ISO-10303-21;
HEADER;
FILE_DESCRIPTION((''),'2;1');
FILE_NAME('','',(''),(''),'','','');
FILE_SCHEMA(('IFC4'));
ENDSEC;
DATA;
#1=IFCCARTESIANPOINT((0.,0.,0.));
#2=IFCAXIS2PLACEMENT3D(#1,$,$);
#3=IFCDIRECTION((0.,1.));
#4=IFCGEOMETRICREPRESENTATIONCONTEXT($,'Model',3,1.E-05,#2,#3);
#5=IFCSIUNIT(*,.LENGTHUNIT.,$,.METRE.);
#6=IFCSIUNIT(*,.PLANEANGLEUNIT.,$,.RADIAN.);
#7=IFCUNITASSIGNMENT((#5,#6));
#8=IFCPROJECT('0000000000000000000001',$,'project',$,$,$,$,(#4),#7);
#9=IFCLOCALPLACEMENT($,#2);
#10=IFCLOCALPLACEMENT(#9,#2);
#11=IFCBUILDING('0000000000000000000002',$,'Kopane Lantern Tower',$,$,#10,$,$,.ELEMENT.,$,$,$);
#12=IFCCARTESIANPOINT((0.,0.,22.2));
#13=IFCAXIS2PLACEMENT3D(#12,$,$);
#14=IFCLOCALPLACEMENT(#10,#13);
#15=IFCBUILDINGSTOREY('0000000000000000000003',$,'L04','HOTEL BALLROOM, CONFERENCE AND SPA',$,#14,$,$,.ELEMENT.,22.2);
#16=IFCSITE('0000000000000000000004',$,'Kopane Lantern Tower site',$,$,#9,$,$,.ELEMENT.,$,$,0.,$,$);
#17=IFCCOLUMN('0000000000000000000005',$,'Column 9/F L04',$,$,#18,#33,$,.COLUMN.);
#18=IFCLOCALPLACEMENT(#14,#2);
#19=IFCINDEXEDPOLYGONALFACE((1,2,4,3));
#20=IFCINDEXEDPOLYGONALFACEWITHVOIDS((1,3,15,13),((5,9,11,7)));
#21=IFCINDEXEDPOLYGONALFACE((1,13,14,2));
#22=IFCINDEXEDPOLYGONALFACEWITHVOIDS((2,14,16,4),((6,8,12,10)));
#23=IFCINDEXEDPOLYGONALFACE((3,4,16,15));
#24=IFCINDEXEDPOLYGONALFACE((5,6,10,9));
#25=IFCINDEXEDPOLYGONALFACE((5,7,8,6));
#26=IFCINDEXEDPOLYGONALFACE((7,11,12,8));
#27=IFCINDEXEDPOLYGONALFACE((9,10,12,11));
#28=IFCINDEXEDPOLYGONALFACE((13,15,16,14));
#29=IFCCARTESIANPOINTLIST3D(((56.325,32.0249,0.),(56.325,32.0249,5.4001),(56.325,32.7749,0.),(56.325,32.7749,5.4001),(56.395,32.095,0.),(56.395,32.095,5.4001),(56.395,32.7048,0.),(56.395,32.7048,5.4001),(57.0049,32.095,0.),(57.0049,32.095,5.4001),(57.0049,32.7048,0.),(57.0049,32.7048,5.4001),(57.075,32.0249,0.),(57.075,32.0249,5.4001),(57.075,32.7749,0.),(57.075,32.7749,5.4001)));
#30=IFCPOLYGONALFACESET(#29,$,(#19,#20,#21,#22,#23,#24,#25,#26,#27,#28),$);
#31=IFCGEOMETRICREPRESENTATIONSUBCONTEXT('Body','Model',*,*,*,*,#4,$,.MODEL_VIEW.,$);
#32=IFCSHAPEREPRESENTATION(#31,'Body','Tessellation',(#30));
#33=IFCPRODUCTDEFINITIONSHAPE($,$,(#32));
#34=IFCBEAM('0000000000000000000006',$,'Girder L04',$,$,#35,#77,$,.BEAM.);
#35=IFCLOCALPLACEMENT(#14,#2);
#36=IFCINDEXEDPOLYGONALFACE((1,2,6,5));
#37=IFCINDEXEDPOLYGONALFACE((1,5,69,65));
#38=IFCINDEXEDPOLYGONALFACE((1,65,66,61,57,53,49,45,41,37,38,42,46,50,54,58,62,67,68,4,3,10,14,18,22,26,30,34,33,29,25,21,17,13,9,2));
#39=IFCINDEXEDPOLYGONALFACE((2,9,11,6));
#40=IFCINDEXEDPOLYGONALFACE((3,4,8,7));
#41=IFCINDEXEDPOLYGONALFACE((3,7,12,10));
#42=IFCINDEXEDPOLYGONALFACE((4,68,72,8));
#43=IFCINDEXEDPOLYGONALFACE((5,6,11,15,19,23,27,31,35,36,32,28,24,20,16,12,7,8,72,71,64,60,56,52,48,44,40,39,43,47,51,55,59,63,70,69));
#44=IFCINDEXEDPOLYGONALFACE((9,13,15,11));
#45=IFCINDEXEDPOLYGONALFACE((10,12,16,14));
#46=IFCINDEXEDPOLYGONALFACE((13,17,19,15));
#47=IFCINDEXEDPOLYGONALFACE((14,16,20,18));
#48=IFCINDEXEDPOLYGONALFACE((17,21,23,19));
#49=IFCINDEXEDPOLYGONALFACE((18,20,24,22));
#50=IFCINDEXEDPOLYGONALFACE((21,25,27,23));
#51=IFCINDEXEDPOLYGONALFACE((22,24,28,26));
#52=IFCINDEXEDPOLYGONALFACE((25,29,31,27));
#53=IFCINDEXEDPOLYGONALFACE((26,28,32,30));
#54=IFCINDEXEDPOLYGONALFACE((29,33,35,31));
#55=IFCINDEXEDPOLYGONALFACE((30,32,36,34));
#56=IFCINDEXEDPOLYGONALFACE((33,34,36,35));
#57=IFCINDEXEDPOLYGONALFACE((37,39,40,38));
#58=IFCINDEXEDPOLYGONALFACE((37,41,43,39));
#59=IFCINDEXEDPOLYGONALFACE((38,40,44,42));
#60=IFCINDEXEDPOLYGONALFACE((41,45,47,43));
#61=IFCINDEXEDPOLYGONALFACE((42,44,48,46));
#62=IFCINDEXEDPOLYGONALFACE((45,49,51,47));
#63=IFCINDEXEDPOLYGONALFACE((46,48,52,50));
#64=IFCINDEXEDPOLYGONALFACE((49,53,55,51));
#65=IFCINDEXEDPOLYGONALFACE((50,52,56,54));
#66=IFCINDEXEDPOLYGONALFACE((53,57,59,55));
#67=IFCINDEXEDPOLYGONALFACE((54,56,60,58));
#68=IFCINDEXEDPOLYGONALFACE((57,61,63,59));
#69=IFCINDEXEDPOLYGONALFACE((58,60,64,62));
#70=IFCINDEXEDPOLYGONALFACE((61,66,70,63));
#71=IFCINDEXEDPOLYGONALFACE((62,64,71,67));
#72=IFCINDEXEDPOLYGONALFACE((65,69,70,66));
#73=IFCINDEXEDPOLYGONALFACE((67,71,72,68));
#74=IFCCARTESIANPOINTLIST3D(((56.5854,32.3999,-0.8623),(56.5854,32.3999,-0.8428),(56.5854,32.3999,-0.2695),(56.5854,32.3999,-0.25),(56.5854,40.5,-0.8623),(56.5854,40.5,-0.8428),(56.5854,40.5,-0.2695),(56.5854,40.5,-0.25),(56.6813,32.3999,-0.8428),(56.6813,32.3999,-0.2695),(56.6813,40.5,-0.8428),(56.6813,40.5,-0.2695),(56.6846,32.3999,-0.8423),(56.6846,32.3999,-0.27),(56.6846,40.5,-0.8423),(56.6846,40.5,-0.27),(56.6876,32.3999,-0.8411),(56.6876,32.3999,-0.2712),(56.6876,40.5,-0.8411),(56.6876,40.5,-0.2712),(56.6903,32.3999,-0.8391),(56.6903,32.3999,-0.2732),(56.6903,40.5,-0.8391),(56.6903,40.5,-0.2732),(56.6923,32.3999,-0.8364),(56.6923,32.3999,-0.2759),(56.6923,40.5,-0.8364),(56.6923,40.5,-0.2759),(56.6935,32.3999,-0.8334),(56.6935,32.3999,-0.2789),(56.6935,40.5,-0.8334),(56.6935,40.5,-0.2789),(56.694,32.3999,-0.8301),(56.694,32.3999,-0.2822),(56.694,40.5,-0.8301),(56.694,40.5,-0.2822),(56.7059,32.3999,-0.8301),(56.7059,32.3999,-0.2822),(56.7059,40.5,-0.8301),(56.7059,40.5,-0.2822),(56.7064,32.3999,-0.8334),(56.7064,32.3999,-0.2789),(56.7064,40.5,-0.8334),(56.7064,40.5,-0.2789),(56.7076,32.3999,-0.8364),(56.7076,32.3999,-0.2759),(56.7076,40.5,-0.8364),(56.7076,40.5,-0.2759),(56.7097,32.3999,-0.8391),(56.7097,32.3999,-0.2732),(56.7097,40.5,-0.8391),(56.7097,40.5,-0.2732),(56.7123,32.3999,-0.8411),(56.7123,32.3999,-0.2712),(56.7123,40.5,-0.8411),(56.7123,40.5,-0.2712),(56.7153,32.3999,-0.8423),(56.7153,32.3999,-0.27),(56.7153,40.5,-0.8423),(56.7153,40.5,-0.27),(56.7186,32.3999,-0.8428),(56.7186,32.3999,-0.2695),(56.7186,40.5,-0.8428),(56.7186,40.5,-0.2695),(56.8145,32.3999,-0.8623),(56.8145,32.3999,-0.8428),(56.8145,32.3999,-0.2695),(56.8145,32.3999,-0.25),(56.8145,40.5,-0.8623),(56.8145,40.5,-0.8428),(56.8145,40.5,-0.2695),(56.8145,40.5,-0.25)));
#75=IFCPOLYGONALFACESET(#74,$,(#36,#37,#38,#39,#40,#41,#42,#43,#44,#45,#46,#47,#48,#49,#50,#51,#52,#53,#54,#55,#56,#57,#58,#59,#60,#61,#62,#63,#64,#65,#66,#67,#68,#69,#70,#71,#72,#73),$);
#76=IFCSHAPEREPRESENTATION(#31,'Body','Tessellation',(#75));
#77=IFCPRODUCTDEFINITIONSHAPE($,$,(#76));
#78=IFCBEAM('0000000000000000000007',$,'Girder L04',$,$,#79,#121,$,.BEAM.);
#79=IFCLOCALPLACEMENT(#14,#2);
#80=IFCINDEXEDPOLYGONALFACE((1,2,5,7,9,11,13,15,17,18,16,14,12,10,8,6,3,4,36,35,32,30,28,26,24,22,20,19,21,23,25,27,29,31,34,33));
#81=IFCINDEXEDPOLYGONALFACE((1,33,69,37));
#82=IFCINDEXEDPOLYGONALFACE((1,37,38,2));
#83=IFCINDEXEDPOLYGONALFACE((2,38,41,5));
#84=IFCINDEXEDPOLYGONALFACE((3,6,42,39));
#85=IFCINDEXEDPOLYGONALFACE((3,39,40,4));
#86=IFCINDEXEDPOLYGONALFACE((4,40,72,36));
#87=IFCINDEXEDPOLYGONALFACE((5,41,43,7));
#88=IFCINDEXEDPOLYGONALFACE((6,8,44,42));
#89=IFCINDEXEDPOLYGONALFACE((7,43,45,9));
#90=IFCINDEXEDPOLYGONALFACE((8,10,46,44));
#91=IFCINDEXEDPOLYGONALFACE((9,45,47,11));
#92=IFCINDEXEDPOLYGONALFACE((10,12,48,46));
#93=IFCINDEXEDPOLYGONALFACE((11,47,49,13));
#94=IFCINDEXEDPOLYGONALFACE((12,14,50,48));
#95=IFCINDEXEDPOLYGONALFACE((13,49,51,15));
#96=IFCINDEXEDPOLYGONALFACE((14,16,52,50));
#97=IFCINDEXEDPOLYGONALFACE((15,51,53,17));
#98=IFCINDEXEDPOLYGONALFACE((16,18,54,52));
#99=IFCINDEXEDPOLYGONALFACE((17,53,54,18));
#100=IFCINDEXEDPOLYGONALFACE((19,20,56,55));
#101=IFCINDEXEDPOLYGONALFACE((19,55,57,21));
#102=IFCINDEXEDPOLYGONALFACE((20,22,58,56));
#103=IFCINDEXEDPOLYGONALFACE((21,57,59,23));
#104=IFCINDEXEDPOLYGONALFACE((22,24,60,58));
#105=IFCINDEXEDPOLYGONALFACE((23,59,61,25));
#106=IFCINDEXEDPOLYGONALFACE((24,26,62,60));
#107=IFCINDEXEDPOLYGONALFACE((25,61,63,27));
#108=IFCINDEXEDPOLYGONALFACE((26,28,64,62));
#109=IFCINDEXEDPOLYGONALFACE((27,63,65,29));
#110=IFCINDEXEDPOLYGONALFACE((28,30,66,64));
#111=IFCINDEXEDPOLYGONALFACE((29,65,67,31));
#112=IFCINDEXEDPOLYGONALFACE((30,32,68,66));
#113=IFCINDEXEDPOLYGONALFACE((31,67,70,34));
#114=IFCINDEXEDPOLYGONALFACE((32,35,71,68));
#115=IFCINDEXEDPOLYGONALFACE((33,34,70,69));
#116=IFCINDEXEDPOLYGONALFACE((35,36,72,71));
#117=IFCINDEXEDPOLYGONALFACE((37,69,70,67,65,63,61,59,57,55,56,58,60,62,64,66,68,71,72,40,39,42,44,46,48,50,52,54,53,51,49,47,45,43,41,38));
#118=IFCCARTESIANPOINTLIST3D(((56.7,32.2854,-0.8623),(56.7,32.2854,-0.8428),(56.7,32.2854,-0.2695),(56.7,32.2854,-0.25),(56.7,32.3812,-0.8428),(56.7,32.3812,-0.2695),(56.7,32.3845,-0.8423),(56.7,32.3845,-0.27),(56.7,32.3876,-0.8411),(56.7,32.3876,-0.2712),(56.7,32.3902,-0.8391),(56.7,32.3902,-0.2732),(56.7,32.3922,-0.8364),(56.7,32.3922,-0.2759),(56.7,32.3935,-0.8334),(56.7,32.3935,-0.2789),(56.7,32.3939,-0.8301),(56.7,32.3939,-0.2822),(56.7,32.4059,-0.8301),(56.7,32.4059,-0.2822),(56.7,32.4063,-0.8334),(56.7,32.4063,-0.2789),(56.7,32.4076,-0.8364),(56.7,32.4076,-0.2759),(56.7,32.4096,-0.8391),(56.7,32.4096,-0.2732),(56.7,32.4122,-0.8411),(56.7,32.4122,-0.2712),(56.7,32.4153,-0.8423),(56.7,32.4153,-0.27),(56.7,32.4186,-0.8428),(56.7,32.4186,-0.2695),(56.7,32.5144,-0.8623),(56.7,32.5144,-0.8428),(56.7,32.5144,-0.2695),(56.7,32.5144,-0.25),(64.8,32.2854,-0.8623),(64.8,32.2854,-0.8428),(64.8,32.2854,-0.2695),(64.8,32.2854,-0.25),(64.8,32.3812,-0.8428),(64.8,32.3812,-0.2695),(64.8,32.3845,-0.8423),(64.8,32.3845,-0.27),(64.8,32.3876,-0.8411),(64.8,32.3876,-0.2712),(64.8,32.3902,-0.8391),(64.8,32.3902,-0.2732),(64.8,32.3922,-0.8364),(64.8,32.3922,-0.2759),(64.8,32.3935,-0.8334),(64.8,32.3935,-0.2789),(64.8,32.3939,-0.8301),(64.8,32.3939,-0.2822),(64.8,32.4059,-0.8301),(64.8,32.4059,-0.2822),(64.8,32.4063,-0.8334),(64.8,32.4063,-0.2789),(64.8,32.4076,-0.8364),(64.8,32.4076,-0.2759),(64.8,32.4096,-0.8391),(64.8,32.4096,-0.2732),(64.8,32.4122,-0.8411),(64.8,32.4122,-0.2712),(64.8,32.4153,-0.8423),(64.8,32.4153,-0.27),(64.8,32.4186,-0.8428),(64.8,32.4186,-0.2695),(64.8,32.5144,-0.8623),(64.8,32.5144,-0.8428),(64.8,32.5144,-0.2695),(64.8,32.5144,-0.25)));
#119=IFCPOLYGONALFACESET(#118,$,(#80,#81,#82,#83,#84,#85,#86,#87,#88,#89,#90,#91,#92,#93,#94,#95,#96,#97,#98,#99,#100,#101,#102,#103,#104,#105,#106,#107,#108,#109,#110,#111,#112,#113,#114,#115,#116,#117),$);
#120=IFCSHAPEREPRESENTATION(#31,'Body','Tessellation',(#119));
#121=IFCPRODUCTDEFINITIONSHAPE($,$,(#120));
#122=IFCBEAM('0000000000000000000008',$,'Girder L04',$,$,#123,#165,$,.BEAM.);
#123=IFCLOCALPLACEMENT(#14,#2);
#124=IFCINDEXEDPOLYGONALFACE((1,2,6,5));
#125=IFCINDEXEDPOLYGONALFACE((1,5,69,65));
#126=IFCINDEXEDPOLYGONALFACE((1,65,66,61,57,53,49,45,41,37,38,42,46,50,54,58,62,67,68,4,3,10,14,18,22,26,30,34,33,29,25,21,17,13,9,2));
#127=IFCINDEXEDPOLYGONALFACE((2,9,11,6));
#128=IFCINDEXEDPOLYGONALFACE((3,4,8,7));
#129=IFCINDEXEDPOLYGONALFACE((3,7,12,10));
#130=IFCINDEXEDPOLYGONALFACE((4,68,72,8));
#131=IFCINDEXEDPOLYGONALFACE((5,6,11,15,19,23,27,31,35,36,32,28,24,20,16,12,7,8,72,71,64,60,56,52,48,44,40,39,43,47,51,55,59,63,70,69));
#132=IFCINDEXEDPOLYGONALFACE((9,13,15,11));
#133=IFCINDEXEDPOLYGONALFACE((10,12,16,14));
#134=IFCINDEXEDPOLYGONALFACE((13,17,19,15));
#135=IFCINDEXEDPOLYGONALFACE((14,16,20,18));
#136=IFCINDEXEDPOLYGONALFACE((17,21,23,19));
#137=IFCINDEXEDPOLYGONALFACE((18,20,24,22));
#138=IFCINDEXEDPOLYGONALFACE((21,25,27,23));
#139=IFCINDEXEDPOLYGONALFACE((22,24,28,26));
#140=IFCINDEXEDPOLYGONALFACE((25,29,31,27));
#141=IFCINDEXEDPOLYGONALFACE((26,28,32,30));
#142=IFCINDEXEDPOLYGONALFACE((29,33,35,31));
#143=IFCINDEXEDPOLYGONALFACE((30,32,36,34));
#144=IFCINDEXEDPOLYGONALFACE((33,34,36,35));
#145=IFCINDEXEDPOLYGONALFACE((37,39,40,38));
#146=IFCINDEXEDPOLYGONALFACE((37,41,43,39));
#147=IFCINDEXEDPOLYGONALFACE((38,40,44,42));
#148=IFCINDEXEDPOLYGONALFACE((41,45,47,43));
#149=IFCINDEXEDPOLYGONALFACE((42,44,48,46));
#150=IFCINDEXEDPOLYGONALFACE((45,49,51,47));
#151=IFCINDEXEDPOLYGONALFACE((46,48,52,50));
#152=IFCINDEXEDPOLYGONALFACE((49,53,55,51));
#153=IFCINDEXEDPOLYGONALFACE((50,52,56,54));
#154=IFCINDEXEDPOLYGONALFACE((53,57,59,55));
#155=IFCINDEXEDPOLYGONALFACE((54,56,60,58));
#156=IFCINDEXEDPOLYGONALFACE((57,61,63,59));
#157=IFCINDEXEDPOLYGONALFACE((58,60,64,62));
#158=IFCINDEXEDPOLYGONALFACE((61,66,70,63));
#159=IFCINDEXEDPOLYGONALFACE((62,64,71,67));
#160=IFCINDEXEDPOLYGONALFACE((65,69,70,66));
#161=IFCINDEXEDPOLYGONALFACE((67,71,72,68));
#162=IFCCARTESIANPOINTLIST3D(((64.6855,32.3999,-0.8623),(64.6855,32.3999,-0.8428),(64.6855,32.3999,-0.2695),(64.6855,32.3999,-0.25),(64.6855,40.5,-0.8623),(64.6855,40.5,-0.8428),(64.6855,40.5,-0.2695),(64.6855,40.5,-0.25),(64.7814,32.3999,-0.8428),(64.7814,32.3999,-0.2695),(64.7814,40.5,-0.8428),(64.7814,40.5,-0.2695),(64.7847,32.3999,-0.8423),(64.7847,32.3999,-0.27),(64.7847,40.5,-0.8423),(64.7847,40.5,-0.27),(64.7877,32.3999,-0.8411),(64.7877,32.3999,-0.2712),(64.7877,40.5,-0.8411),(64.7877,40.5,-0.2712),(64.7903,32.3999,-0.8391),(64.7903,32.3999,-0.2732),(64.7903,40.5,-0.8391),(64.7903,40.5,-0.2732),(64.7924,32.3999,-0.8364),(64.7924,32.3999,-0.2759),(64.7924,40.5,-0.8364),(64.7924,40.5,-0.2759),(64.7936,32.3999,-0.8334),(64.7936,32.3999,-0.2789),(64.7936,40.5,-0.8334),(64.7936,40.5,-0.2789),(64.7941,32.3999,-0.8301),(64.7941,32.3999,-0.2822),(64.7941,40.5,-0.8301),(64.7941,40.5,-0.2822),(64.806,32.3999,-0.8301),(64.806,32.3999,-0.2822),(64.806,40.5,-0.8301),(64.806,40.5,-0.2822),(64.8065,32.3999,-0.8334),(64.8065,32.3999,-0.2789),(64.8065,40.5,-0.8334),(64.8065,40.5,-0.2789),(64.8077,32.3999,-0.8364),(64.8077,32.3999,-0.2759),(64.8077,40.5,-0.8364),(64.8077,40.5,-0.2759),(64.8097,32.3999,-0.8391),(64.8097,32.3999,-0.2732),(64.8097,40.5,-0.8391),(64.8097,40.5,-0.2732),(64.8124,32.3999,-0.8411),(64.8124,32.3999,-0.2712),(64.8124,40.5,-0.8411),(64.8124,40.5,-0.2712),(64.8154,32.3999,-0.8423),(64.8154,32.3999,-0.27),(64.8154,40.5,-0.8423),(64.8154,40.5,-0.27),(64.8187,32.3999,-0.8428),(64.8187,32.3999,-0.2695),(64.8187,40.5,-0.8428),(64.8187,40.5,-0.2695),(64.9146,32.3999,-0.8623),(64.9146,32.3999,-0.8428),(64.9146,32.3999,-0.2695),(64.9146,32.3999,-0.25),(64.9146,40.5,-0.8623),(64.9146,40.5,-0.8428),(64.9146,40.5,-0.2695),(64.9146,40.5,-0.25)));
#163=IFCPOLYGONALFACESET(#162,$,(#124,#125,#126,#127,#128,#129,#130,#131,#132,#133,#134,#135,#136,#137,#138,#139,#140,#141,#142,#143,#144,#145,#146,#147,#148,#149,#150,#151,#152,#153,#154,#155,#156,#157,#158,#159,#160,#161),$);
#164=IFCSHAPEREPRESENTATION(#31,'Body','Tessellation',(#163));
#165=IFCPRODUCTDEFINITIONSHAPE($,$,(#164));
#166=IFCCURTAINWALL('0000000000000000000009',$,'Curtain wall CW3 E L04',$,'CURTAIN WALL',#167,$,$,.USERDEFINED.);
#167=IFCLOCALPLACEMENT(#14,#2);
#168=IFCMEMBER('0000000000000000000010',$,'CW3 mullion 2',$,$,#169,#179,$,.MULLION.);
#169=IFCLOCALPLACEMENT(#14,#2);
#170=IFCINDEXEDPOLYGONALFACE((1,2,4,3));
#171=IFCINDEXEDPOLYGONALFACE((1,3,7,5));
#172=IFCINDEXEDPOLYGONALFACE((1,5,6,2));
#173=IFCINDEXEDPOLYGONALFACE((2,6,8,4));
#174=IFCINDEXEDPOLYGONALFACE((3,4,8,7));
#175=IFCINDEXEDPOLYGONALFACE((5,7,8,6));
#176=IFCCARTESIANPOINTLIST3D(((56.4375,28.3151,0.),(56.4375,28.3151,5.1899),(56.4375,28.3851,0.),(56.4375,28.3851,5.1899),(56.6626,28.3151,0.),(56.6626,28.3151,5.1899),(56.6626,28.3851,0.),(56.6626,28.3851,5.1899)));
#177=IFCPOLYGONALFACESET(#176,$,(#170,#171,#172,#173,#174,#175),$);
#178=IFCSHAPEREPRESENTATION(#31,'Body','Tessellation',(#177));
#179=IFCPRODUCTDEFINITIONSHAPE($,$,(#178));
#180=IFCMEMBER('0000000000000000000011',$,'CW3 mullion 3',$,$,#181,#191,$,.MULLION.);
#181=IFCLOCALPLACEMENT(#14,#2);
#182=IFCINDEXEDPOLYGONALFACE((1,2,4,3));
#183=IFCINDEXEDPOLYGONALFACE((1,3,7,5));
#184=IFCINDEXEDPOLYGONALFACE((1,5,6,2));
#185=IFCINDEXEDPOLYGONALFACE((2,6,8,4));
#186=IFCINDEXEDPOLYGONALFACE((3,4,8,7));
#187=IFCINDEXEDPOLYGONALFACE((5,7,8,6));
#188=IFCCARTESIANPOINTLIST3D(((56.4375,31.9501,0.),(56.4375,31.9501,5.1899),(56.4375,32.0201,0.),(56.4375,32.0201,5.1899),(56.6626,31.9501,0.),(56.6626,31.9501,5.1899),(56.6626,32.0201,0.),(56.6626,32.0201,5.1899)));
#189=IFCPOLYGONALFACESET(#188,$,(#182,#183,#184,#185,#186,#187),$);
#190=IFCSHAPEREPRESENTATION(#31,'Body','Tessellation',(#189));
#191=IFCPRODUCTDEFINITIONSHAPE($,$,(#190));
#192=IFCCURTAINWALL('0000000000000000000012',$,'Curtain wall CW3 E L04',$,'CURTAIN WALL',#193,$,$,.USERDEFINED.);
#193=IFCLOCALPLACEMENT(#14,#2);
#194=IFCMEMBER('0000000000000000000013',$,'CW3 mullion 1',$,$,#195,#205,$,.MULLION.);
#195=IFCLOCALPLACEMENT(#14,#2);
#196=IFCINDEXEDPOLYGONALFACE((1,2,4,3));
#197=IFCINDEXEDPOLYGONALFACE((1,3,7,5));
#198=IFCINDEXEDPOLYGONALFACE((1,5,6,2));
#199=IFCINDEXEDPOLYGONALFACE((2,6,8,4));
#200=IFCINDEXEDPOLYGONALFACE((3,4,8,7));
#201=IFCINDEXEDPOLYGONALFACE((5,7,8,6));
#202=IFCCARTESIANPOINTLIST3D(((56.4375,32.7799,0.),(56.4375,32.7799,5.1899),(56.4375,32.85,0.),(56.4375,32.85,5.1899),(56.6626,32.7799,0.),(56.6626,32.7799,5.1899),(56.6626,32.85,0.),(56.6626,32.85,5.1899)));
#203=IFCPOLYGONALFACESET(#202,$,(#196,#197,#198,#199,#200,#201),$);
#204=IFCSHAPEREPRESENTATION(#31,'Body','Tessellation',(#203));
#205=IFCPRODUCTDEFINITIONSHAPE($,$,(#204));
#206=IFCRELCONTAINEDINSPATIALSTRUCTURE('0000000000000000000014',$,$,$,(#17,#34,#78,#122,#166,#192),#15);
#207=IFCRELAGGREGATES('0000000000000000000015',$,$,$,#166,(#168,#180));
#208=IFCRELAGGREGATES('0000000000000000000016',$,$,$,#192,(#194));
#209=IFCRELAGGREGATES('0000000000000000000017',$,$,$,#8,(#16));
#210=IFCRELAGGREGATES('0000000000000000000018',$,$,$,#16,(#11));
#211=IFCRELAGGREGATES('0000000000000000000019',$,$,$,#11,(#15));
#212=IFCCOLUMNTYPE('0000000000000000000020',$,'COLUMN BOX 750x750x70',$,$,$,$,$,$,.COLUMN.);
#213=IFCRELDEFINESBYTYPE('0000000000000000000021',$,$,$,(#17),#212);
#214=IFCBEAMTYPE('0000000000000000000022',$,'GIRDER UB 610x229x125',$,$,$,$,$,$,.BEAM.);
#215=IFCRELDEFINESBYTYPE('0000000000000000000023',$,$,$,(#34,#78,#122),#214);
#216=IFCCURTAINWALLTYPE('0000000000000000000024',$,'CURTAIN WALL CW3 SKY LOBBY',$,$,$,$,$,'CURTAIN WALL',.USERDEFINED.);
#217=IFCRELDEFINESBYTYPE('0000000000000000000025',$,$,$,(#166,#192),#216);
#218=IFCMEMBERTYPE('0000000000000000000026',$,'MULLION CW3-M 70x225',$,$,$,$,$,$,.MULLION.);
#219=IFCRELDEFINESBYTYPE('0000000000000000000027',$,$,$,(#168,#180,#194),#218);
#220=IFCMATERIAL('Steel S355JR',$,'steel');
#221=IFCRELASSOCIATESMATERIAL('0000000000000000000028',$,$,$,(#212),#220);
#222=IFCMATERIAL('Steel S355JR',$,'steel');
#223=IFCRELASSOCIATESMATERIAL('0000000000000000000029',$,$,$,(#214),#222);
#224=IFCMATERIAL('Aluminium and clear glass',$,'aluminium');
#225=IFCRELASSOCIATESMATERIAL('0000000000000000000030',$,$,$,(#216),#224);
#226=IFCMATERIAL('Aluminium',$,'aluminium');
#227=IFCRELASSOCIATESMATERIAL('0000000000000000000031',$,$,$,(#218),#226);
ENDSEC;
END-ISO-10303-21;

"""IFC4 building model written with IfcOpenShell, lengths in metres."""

from ifc_helpers import new_model, si_unit, direction, frame, origin, origin_2d, place, context, subcontext, project, spatial, rectangle, hollow_rectangle, i_section, extrude, material, material_profile, profile_set, type_object, element, aggregate, save


model = new_model("IFC4")

# Units and contexts
model_context = context("Model", 3, precision=1e-05, world=origin(), true_north=direction((0.0, 1.0)))
body_context = subcontext(model_context, "Body", "Model", "MODEL_VIEW")
ifc_project = project(units=[si_unit("LENGTHUNIT", "METRE"), si_unit("PLANEANGLEUNIT", "RADIAN")], contexts=[model_context])

# Site, building, storey
site_placement = place(None, origin())
site = spatial("IfcSite", under=ifc_project, at=site_placement, Name="Kopane Lantern Tower site", CompositionType="ELEMENT", RefElevation=0.0)
building_placement = place(site_placement, origin())
building = spatial("IfcBuilding", under=site, at=building_placement, Name="Kopane Lantern Tower", CompositionType="ELEMENT")
storey_placement = place(building_placement, frame((0.0, 0.0, 22.2)))
storey = spatial("IfcBuildingStorey", under=building, at=storey_placement, Name="L04", Description="HOTEL BALLROOM, CONFERENCE AND SPA", CompositionType="ELEMENT", Elevation=22.2)

# Column
ifc_material_1 = material(Name="Steel S355JR", Category="steel")
ifc_material_profile_1 = material_profile(ifc_material_1, hollow_rectangle(XDim=0.75, YDim=0.75, WallThickness=0.0701, at=origin_2d()), Name="BOX 750x750x70")
ifc_profile_set_1 = profile_set([ifc_material_profile_1], Name="Steel S355JR")
column_type = type_object("IfcColumnType", Name="COLUMN BOX 750x750x70", PredefinedType="COLUMN", material=ifc_profile_set_1)
column_placement = place(storey_placement, frame((56.7, 32.3999, 0.0), z_axis=(0.0, 0.0, 1.0), x_axis=(1.0, 0.0, 0.0)))
element("IfcColumn", 1, at=column_placement, inside=storey, type_object=column_type, Name="Column 9/F L04", PredefinedType="COLUMN", context=body_context, shape_type="SweptSolid", body=[
    extrude(hollow_rectangle(XDim=0.75, YDim=0.75, WallThickness=0.0701, at=origin_2d()), origin(), (0.0, 0.0, 1.0), 5.4001),
])

# Beams
ifc_material_2 = material(Name="Steel S355JR", Category="steel")
ifc_material_profile_2 = material_profile(ifc_material_2, i_section(OverallWidth=0.229, OverallDepth=0.6123, WebThickness=0.012, FlangeThickness=0.0195, FilletRadius=0.0127, at=origin_2d()), Name="UB 610x229x125")
ifc_profile_set_2 = profile_set([ifc_material_profile_2], Name="Steel S355JR")
beam_type = type_object("IfcBeamType", Name="GIRDER UB 610x229x125", PredefinedType="BEAM", material=ifc_profile_set_2)
for number, where, z_axis, x_axis, name in (
    (2, (56.7, 32.3999, -0.5562), (0.0, 1.0, 0.0), (-1.0, 0.0, 0.0), "Girder L04"),
    (3, (56.7, 32.3999, -0.5562), (1.0, 0.0, 0.0), (0.0, 1.0, 0.0), "Girder L04"),
    (4, (64.8, 32.3999, -0.5562), (0.0, 1.0, 0.0), (-1.0, 0.0, 0.0), "Girder L04"),
):
    element("IfcBeam", number, at=place(storey_placement, frame(where, z_axis=z_axis, x_axis=x_axis)), inside=storey, type_object=beam_type, Name=name, PredefinedType="BEAM", context=body_context, shape_type="SweptSolid", body=[
        extrude(i_section(OverallWidth=0.229, OverallDepth=0.6123, WebThickness=0.012, FlangeThickness=0.0195, FilletRadius=0.0127, at=origin_2d()), origin(), (0.0, 0.0, 1.0), 8.1001),
    ])

# Curtain walls, members
ifc_material_3 = material(Name="Aluminium and clear glass", Category="aluminium")
curtain_wall_type = type_object("IfcCurtainWallType", Name="CURTAIN WALL CW3 SKY LOBBY", ElementType="CURTAIN WALL", PredefinedType="USERDEFINED", material=ifc_material_3)
curtain_wall_1_placement = place(storey_placement, origin())
curtain_wall_1 = element("IfcCurtainWall", 5, at=curtain_wall_1_placement, inside=storey, type_object=curtain_wall_type, Name="Curtain wall CW3 E L04", ObjectType="CURTAIN WALL", PredefinedType="USERDEFINED")
ifc_material_4 = material(Name="Aluminium", Category="aluminium")
ifc_material_profile_3 = material_profile(ifc_material_4, rectangle(XDim=0.0701, YDim=0.2251, at=origin_2d()), Name="AL 70x225")
ifc_profile_set_3 = profile_set([ifc_material_profile_3], Name="Aluminium")
member_type_1 = type_object("IfcMemberType", Name="MULLION CW3-M 70x225", PredefinedType="MULLION", material=ifc_profile_set_3)
member_1_placement = place(storey_placement, frame((56.55, 28.3501, 0.0), z_axis=(0.0, 0.0, 1.0), x_axis=(0.0, 1.0, 0.0)))
member_1 = element("IfcMember", 6, at=member_1_placement, type_object=member_type_1, Name="CW3 mullion 2", PredefinedType="MULLION", context=body_context, shape_type="SweptSolid", body=[
    extrude(rectangle(XDim=0.0701, YDim=0.2251, at=origin_2d()), origin(), (0.0, 0.0, 1.0), 5.1899),
])
member_2_placement = place(storey_placement, frame((56.55, 31.9851, 0.0), z_axis=(0.0, 0.0, 1.0), x_axis=(0.0, 1.0, 0.0)))
member_2 = element("IfcMember", 7, at=member_2_placement, type_object=member_type_1, Name="CW3 mullion 3", PredefinedType="MULLION", context=body_context, shape_type="SweptSolid", body=[
    extrude(rectangle(XDim=0.0701, YDim=0.2251, at=origin_2d()), origin(), (0.0, 0.0, 1.0), 5.1899),
])
curtain_wall_2_placement = place(storey_placement, origin())
curtain_wall_2 = element("IfcCurtainWall", 8, at=curtain_wall_2_placement, inside=storey, type_object=curtain_wall_type, Name="Curtain wall CW3 E L04", ObjectType="CURTAIN WALL", PredefinedType="USERDEFINED")
member_3_placement = place(storey_placement, frame((56.55, 32.8149, 0.0), z_axis=(0.0, 0.0, 1.0), x_axis=(0.0, 1.0, 0.0)))
member_3 = element("IfcMember", 9, at=member_3_placement, type_object=member_type_1, Name="CW3 mullion 1", PredefinedType="MULLION", context=body_context, shape_type="SweptSolid", body=[
    extrude(rectangle(XDim=0.0701, YDim=0.2251, at=origin_2d()), origin(), (0.0, 0.0, 1.0), 5.1899),
])

aggregate(curtain_wall_1, [member_1, member_2])
aggregate(curtain_wall_2, [member_3])

save(model, "model.ifc")
